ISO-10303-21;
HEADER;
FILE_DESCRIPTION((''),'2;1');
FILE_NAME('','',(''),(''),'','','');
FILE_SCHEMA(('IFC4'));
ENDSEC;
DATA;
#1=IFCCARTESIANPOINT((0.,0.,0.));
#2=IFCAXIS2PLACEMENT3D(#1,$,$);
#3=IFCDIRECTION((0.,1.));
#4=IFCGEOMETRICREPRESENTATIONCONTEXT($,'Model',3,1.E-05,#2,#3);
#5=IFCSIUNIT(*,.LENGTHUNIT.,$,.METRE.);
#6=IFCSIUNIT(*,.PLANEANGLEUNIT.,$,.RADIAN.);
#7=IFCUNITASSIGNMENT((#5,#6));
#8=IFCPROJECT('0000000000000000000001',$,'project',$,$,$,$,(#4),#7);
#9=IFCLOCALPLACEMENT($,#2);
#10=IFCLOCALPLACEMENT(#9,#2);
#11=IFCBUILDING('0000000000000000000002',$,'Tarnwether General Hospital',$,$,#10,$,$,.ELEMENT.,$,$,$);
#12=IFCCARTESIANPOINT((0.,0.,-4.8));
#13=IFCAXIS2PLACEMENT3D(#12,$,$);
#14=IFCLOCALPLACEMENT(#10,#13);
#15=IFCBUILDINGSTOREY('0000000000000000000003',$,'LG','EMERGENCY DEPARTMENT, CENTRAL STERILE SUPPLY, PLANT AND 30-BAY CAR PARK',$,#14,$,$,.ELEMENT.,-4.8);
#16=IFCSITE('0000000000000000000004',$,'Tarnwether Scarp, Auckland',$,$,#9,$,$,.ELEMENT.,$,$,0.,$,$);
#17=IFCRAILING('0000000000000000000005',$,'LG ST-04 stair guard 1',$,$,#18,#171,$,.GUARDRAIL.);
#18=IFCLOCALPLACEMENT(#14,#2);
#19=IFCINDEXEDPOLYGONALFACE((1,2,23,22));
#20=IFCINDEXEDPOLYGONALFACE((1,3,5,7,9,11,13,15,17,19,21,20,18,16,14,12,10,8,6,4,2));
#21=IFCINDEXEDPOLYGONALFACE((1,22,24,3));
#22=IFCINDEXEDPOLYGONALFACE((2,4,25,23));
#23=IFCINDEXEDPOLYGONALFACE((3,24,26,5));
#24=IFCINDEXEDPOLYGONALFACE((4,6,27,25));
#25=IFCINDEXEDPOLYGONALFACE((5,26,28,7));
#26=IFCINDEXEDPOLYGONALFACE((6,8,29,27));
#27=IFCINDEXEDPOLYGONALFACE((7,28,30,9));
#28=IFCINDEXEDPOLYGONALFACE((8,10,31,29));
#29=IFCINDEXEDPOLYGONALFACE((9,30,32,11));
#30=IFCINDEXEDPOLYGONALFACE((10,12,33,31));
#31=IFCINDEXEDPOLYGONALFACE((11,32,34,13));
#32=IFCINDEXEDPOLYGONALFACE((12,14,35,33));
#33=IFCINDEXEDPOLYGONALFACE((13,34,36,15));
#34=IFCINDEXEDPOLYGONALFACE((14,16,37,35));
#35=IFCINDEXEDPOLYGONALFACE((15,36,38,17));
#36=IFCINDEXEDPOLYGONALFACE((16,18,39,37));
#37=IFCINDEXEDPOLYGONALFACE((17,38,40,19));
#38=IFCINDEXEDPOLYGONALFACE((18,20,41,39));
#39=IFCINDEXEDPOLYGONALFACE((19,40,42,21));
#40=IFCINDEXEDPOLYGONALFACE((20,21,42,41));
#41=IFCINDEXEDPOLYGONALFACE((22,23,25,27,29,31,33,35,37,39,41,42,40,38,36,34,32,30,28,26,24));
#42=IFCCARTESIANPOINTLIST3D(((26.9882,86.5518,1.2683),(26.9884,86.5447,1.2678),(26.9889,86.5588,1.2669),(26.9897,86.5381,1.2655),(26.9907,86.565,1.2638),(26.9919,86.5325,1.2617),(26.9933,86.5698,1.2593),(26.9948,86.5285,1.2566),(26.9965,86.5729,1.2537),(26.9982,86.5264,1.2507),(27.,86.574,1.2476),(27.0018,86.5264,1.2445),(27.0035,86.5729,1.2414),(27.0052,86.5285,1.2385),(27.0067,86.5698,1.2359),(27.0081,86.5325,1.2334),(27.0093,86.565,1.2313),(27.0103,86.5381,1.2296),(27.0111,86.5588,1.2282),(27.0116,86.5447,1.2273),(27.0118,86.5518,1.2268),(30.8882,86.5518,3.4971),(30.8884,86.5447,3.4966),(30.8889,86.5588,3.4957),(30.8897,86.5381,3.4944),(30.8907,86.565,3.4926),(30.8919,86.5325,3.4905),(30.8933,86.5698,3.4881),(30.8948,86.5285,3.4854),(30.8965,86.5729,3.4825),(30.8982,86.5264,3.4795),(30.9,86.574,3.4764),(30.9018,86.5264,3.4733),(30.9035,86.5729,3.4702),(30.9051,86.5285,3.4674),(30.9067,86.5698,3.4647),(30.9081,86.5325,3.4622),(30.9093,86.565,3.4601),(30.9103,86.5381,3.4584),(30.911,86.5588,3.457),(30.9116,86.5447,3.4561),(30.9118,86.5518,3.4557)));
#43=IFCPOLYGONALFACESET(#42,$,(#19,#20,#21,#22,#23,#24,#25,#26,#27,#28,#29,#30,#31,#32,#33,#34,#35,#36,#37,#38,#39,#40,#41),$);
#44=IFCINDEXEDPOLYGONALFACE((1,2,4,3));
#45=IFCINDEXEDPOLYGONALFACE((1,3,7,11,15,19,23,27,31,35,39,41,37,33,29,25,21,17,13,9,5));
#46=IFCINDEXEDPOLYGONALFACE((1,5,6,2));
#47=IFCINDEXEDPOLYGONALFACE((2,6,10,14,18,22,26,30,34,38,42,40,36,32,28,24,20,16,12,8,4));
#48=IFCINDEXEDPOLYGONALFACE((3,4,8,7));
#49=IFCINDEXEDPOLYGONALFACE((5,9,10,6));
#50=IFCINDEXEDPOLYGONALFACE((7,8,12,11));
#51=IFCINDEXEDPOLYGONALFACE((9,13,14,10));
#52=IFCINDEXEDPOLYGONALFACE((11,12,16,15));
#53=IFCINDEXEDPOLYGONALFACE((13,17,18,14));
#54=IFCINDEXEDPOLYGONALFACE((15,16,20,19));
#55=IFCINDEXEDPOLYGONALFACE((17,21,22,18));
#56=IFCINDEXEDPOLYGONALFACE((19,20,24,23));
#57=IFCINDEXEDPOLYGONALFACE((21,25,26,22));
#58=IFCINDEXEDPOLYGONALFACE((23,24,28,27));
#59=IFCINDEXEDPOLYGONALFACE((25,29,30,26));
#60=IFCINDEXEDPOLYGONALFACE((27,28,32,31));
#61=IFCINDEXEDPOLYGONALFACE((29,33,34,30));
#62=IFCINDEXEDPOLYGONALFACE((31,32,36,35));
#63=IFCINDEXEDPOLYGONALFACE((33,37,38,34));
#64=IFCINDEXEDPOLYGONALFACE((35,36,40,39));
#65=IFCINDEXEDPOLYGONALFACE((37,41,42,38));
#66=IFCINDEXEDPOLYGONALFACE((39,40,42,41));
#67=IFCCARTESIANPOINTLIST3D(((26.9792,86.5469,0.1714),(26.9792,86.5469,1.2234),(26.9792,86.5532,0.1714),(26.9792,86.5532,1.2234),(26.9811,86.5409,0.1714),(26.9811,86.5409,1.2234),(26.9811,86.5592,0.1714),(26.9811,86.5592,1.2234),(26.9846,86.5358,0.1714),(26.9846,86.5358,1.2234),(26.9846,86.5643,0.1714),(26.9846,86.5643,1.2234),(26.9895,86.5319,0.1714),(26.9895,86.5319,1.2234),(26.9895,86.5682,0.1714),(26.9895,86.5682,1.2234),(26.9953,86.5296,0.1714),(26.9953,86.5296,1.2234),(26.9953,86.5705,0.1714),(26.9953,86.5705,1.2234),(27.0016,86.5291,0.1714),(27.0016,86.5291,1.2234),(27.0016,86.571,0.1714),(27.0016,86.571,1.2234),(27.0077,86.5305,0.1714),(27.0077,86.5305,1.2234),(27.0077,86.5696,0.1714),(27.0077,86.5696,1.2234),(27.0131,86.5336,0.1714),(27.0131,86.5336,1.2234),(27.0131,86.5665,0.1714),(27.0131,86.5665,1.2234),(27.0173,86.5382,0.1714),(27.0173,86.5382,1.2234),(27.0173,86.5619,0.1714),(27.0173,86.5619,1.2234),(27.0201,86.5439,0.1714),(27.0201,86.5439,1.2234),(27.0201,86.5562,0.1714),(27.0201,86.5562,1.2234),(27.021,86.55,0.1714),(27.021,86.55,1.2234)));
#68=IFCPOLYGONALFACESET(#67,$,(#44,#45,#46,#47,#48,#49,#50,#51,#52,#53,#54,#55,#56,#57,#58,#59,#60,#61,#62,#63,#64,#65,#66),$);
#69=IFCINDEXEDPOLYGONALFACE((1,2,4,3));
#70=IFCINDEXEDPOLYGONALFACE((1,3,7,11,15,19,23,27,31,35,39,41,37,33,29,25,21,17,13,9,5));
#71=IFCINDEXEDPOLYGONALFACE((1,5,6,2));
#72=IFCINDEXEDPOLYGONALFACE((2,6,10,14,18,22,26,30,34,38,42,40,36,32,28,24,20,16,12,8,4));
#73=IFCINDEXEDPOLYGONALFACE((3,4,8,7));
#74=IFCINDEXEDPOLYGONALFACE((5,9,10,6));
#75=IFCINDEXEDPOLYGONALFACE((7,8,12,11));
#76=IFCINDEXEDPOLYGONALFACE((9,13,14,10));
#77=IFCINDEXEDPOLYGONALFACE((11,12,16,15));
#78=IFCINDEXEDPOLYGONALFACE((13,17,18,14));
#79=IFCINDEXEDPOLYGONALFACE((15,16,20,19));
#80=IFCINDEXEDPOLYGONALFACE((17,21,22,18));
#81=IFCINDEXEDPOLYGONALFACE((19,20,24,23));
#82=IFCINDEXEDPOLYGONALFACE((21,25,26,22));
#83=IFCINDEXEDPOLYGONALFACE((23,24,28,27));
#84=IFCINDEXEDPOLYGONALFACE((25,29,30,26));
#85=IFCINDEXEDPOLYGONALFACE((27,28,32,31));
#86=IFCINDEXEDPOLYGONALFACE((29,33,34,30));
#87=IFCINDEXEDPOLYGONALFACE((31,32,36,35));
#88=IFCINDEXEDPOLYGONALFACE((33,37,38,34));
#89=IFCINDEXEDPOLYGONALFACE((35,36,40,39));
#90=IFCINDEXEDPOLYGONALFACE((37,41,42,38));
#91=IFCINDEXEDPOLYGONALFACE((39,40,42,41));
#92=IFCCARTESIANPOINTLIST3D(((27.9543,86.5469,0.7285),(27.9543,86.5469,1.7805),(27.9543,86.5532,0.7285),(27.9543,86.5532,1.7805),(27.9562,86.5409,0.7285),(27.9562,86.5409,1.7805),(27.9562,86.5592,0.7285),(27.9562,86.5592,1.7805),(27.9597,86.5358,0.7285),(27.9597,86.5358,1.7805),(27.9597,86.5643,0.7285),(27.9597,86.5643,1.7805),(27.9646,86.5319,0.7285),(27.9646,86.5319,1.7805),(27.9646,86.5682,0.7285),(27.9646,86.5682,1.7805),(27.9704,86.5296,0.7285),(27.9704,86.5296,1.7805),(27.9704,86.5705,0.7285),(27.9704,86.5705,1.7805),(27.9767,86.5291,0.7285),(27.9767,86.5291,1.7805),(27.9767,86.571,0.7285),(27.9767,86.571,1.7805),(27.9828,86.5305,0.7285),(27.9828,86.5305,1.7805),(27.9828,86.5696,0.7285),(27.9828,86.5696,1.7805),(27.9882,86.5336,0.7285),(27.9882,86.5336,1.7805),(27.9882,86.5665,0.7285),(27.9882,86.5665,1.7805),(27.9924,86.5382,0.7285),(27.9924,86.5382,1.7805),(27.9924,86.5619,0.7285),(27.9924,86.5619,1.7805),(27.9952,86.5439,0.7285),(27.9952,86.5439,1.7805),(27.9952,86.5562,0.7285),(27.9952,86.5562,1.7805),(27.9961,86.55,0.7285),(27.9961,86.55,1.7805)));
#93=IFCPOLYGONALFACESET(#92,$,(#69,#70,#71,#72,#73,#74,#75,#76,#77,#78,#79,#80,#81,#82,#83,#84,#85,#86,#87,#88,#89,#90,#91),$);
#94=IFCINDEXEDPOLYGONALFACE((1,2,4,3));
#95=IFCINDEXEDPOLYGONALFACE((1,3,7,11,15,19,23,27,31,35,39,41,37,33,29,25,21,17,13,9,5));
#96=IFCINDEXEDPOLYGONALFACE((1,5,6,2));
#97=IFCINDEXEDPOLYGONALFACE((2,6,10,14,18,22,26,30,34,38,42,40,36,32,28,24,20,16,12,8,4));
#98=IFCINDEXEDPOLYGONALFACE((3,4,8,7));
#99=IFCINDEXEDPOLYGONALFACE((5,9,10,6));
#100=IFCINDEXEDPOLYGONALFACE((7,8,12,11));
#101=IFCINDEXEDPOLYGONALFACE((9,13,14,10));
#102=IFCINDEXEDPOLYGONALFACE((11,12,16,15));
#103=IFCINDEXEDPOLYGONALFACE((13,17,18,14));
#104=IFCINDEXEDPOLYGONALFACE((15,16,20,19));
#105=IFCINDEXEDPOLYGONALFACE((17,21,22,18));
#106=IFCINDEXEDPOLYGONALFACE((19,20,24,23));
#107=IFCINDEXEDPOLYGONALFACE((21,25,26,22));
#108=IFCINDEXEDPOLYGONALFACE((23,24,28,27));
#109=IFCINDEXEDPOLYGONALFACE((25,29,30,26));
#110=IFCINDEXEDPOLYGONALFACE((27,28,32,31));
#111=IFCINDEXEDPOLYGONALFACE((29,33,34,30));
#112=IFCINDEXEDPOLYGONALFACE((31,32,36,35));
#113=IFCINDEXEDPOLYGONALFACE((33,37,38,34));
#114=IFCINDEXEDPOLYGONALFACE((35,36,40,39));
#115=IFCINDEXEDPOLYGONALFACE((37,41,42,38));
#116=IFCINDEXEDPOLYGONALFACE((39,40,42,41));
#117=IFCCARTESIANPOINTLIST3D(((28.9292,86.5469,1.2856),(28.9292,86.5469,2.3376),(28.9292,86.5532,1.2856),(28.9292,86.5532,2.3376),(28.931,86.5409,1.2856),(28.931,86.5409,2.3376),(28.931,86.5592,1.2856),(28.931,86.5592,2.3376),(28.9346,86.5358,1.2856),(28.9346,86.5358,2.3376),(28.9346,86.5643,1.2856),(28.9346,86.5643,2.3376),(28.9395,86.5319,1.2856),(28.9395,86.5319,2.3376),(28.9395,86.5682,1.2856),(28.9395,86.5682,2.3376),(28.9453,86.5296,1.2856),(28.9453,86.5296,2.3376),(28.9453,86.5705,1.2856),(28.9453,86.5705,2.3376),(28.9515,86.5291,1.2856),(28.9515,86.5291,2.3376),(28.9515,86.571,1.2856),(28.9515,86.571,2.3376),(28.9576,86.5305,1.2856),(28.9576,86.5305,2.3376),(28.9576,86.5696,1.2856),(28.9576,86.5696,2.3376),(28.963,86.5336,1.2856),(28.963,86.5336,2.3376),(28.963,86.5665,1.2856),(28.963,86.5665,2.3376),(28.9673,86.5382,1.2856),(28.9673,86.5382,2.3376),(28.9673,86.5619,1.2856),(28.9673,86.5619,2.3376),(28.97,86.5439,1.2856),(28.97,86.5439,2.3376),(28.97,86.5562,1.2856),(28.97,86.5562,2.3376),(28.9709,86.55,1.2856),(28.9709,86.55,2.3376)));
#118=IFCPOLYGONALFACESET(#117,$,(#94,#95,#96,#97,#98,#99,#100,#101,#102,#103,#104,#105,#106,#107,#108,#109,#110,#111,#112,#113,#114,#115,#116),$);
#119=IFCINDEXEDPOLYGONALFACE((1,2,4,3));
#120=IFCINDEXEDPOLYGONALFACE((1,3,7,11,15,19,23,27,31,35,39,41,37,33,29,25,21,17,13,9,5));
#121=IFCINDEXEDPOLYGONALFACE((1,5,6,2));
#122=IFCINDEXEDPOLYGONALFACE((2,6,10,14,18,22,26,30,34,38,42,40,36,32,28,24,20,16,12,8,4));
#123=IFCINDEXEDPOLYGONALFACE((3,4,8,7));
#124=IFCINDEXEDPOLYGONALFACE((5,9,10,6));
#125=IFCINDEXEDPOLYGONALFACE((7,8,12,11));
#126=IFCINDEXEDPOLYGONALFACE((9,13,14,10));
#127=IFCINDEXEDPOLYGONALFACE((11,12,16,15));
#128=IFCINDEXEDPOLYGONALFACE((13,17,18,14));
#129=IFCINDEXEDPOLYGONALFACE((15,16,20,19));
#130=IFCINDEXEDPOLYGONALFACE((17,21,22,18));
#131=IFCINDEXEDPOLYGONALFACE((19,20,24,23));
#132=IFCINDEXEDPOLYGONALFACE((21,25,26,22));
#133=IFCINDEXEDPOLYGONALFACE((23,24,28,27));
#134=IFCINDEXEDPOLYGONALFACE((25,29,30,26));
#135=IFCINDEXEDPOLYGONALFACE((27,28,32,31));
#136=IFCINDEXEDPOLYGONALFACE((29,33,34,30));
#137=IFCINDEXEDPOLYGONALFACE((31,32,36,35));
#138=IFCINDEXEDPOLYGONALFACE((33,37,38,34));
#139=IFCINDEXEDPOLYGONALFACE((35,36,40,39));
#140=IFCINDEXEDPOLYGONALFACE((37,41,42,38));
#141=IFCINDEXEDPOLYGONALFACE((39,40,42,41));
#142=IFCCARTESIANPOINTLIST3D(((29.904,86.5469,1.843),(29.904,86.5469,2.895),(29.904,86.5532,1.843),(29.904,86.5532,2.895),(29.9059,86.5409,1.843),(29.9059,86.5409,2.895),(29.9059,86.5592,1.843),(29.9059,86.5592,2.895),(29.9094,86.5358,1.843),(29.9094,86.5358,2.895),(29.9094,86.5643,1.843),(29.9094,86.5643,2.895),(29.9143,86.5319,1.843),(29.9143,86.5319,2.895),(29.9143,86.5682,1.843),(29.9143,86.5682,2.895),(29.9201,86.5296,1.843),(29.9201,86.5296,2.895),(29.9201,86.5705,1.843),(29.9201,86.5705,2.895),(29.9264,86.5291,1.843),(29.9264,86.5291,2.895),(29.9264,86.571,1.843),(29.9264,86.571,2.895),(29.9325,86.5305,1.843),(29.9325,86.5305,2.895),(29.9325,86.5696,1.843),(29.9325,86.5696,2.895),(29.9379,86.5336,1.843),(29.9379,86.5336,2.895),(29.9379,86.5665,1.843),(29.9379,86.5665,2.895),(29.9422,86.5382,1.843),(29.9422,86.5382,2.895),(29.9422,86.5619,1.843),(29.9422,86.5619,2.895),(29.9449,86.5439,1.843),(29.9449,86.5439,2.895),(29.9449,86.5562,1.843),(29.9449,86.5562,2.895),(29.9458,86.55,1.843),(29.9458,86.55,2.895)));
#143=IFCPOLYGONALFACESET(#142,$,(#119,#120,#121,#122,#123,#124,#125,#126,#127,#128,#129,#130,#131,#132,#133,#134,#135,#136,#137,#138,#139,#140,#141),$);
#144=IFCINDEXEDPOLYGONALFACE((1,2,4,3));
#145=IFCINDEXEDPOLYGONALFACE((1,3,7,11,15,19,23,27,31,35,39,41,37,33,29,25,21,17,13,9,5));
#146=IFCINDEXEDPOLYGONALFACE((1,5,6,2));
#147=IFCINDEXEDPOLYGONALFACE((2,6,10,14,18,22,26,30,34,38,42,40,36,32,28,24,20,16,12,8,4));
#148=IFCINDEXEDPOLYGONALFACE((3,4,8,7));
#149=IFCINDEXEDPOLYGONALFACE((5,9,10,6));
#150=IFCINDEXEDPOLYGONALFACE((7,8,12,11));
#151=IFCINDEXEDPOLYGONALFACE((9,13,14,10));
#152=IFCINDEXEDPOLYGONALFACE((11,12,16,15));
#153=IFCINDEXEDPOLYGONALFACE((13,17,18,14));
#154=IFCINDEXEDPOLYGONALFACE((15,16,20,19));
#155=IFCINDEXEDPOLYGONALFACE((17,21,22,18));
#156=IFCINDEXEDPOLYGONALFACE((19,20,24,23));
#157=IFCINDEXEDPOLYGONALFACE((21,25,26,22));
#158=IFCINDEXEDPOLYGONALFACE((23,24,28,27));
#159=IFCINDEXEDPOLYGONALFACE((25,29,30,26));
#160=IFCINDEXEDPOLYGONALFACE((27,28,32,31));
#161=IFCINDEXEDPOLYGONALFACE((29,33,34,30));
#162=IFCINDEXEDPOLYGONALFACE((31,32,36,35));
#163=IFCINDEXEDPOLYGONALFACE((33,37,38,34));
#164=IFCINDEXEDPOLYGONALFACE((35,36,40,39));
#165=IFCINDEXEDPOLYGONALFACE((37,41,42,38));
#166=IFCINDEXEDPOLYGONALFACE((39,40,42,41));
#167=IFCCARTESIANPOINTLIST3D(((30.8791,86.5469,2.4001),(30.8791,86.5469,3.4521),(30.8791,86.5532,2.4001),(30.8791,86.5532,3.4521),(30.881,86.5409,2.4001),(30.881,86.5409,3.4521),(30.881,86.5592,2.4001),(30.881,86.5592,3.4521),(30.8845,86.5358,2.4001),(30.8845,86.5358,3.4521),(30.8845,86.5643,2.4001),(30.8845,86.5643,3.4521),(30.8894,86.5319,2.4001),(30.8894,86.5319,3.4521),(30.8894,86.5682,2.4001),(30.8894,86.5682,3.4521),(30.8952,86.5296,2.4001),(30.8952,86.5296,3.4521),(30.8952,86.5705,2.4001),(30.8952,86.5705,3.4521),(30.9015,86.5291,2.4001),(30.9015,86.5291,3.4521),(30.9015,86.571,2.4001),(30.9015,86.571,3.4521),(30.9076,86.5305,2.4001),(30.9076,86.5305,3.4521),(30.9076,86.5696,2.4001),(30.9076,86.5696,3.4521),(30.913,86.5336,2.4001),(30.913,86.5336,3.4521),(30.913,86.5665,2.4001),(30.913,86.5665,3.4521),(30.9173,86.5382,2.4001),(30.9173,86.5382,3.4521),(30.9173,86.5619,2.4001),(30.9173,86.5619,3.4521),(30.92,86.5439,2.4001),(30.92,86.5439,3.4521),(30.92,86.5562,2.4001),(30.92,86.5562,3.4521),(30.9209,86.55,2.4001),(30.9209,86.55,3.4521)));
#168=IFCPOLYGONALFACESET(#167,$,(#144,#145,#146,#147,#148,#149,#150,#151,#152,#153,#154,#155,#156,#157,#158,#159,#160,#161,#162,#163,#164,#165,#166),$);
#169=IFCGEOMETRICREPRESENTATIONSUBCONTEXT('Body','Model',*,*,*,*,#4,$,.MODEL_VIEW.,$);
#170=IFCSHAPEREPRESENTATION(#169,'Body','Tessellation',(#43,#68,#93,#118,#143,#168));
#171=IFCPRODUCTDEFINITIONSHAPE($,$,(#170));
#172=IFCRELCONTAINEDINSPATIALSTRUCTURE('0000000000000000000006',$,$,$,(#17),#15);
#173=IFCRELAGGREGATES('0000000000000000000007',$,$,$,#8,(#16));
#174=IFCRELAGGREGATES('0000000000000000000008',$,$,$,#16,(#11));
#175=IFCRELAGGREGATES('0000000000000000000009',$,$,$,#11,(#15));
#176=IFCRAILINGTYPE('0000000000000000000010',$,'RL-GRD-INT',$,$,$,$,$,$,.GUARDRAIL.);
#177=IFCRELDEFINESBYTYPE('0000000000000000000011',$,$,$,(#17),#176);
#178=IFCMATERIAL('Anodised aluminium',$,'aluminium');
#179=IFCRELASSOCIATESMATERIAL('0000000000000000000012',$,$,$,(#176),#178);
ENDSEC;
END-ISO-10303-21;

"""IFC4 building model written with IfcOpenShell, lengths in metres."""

from ifc_helpers import new_model, si_unit, direction, frame, origin, origin_2d, place, context, subcontext, project, spatial, circle, extrude, material, type_object, element, save


model = new_model("IFC4")

# Units and contexts
model_context = context("Model", 3, precision=1e-05, world=origin(), true_north=direction((0.0, 1.0)))
body_context = subcontext(model_context, "Body", "Model", "MODEL_VIEW")
ifc_project = project(units=[si_unit("LENGTHUNIT", "METRE"), si_unit("PLANEANGLEUNIT", "RADIAN")], contexts=[model_context])

# Site, building, storey
site_placement = place(None, origin())
site = spatial("IfcSite", under=ifc_project, at=site_placement, Name="Tarnwether Scarp, Auckland", CompositionType="ELEMENT", RefElevation=0.0)
building_placement = place(site_placement, origin())
building = spatial("IfcBuilding", under=site, at=building_placement, Name="Tarnwether General Hospital", CompositionType="ELEMENT")
storey_placement = place(building_placement, frame((0.0, 0.0, -4.8)))
storey = spatial("IfcBuildingStorey", under=building, at=storey_placement, Name="LG", Description="EMERGENCY DEPARTMENT, CENTRAL STERILE SUPPLY, PLANT AND 30-BAY CAR PARK", CompositionType="ELEMENT", Elevation=-4.8)

# Railing
ifc_material_1 = material(Name="Anodised aluminium", Category="aluminium")
railing_type_1 = type_object("IfcRailingType", Name="RL-GRD-INT", PredefinedType="GUARDRAIL", material=ifc_material_1)
railing_1_placement = place(storey_placement, frame((27.0, 86.55, 0.1714)))
element("IfcRailing", 1, at=railing_1_placement, inside=storey, type_object=railing_type_1, Name="LG ST-04 stair guard 1", PredefinedType="GUARDRAIL", context=body_context, shape_type="SweptSolid", body=[
    extrude(circle(Radius=0.0239, at=origin_2d()), frame((0.0, 0.0, 1.0762), z_axis=(0.86822, 0.0, 0.49618), x_axis=(0.0, 1.0, 0.0)), (0.0, 0.0, 1.0), 4.4919),
    extrude(circle(Radius=0.021, at=origin_2d()), origin(), (0.0, 0.0, 1.0), 1.052),
    extrude(circle(Radius=0.021, at=origin_2d()), frame((0.9751, 0.0, 0.5571)), (0.0, 0.0, 1.0), 1.052),
    extrude(circle(Radius=0.021, at=origin_2d()), frame((1.95, 0.0, 1.1143)), (0.0, 0.0, 1.0), 1.052),
    extrude(circle(Radius=0.021, at=origin_2d()), frame((2.9248, 0.0, 1.6716)), (0.0, 0.0, 1.0), 1.052),
    extrude(circle(Radius=0.021, at=origin_2d()), frame((3.8999, 0.0, 2.2288)), (0.0, 0.0, 1.0), 1.052),
])

save(model, "model.ifc")
